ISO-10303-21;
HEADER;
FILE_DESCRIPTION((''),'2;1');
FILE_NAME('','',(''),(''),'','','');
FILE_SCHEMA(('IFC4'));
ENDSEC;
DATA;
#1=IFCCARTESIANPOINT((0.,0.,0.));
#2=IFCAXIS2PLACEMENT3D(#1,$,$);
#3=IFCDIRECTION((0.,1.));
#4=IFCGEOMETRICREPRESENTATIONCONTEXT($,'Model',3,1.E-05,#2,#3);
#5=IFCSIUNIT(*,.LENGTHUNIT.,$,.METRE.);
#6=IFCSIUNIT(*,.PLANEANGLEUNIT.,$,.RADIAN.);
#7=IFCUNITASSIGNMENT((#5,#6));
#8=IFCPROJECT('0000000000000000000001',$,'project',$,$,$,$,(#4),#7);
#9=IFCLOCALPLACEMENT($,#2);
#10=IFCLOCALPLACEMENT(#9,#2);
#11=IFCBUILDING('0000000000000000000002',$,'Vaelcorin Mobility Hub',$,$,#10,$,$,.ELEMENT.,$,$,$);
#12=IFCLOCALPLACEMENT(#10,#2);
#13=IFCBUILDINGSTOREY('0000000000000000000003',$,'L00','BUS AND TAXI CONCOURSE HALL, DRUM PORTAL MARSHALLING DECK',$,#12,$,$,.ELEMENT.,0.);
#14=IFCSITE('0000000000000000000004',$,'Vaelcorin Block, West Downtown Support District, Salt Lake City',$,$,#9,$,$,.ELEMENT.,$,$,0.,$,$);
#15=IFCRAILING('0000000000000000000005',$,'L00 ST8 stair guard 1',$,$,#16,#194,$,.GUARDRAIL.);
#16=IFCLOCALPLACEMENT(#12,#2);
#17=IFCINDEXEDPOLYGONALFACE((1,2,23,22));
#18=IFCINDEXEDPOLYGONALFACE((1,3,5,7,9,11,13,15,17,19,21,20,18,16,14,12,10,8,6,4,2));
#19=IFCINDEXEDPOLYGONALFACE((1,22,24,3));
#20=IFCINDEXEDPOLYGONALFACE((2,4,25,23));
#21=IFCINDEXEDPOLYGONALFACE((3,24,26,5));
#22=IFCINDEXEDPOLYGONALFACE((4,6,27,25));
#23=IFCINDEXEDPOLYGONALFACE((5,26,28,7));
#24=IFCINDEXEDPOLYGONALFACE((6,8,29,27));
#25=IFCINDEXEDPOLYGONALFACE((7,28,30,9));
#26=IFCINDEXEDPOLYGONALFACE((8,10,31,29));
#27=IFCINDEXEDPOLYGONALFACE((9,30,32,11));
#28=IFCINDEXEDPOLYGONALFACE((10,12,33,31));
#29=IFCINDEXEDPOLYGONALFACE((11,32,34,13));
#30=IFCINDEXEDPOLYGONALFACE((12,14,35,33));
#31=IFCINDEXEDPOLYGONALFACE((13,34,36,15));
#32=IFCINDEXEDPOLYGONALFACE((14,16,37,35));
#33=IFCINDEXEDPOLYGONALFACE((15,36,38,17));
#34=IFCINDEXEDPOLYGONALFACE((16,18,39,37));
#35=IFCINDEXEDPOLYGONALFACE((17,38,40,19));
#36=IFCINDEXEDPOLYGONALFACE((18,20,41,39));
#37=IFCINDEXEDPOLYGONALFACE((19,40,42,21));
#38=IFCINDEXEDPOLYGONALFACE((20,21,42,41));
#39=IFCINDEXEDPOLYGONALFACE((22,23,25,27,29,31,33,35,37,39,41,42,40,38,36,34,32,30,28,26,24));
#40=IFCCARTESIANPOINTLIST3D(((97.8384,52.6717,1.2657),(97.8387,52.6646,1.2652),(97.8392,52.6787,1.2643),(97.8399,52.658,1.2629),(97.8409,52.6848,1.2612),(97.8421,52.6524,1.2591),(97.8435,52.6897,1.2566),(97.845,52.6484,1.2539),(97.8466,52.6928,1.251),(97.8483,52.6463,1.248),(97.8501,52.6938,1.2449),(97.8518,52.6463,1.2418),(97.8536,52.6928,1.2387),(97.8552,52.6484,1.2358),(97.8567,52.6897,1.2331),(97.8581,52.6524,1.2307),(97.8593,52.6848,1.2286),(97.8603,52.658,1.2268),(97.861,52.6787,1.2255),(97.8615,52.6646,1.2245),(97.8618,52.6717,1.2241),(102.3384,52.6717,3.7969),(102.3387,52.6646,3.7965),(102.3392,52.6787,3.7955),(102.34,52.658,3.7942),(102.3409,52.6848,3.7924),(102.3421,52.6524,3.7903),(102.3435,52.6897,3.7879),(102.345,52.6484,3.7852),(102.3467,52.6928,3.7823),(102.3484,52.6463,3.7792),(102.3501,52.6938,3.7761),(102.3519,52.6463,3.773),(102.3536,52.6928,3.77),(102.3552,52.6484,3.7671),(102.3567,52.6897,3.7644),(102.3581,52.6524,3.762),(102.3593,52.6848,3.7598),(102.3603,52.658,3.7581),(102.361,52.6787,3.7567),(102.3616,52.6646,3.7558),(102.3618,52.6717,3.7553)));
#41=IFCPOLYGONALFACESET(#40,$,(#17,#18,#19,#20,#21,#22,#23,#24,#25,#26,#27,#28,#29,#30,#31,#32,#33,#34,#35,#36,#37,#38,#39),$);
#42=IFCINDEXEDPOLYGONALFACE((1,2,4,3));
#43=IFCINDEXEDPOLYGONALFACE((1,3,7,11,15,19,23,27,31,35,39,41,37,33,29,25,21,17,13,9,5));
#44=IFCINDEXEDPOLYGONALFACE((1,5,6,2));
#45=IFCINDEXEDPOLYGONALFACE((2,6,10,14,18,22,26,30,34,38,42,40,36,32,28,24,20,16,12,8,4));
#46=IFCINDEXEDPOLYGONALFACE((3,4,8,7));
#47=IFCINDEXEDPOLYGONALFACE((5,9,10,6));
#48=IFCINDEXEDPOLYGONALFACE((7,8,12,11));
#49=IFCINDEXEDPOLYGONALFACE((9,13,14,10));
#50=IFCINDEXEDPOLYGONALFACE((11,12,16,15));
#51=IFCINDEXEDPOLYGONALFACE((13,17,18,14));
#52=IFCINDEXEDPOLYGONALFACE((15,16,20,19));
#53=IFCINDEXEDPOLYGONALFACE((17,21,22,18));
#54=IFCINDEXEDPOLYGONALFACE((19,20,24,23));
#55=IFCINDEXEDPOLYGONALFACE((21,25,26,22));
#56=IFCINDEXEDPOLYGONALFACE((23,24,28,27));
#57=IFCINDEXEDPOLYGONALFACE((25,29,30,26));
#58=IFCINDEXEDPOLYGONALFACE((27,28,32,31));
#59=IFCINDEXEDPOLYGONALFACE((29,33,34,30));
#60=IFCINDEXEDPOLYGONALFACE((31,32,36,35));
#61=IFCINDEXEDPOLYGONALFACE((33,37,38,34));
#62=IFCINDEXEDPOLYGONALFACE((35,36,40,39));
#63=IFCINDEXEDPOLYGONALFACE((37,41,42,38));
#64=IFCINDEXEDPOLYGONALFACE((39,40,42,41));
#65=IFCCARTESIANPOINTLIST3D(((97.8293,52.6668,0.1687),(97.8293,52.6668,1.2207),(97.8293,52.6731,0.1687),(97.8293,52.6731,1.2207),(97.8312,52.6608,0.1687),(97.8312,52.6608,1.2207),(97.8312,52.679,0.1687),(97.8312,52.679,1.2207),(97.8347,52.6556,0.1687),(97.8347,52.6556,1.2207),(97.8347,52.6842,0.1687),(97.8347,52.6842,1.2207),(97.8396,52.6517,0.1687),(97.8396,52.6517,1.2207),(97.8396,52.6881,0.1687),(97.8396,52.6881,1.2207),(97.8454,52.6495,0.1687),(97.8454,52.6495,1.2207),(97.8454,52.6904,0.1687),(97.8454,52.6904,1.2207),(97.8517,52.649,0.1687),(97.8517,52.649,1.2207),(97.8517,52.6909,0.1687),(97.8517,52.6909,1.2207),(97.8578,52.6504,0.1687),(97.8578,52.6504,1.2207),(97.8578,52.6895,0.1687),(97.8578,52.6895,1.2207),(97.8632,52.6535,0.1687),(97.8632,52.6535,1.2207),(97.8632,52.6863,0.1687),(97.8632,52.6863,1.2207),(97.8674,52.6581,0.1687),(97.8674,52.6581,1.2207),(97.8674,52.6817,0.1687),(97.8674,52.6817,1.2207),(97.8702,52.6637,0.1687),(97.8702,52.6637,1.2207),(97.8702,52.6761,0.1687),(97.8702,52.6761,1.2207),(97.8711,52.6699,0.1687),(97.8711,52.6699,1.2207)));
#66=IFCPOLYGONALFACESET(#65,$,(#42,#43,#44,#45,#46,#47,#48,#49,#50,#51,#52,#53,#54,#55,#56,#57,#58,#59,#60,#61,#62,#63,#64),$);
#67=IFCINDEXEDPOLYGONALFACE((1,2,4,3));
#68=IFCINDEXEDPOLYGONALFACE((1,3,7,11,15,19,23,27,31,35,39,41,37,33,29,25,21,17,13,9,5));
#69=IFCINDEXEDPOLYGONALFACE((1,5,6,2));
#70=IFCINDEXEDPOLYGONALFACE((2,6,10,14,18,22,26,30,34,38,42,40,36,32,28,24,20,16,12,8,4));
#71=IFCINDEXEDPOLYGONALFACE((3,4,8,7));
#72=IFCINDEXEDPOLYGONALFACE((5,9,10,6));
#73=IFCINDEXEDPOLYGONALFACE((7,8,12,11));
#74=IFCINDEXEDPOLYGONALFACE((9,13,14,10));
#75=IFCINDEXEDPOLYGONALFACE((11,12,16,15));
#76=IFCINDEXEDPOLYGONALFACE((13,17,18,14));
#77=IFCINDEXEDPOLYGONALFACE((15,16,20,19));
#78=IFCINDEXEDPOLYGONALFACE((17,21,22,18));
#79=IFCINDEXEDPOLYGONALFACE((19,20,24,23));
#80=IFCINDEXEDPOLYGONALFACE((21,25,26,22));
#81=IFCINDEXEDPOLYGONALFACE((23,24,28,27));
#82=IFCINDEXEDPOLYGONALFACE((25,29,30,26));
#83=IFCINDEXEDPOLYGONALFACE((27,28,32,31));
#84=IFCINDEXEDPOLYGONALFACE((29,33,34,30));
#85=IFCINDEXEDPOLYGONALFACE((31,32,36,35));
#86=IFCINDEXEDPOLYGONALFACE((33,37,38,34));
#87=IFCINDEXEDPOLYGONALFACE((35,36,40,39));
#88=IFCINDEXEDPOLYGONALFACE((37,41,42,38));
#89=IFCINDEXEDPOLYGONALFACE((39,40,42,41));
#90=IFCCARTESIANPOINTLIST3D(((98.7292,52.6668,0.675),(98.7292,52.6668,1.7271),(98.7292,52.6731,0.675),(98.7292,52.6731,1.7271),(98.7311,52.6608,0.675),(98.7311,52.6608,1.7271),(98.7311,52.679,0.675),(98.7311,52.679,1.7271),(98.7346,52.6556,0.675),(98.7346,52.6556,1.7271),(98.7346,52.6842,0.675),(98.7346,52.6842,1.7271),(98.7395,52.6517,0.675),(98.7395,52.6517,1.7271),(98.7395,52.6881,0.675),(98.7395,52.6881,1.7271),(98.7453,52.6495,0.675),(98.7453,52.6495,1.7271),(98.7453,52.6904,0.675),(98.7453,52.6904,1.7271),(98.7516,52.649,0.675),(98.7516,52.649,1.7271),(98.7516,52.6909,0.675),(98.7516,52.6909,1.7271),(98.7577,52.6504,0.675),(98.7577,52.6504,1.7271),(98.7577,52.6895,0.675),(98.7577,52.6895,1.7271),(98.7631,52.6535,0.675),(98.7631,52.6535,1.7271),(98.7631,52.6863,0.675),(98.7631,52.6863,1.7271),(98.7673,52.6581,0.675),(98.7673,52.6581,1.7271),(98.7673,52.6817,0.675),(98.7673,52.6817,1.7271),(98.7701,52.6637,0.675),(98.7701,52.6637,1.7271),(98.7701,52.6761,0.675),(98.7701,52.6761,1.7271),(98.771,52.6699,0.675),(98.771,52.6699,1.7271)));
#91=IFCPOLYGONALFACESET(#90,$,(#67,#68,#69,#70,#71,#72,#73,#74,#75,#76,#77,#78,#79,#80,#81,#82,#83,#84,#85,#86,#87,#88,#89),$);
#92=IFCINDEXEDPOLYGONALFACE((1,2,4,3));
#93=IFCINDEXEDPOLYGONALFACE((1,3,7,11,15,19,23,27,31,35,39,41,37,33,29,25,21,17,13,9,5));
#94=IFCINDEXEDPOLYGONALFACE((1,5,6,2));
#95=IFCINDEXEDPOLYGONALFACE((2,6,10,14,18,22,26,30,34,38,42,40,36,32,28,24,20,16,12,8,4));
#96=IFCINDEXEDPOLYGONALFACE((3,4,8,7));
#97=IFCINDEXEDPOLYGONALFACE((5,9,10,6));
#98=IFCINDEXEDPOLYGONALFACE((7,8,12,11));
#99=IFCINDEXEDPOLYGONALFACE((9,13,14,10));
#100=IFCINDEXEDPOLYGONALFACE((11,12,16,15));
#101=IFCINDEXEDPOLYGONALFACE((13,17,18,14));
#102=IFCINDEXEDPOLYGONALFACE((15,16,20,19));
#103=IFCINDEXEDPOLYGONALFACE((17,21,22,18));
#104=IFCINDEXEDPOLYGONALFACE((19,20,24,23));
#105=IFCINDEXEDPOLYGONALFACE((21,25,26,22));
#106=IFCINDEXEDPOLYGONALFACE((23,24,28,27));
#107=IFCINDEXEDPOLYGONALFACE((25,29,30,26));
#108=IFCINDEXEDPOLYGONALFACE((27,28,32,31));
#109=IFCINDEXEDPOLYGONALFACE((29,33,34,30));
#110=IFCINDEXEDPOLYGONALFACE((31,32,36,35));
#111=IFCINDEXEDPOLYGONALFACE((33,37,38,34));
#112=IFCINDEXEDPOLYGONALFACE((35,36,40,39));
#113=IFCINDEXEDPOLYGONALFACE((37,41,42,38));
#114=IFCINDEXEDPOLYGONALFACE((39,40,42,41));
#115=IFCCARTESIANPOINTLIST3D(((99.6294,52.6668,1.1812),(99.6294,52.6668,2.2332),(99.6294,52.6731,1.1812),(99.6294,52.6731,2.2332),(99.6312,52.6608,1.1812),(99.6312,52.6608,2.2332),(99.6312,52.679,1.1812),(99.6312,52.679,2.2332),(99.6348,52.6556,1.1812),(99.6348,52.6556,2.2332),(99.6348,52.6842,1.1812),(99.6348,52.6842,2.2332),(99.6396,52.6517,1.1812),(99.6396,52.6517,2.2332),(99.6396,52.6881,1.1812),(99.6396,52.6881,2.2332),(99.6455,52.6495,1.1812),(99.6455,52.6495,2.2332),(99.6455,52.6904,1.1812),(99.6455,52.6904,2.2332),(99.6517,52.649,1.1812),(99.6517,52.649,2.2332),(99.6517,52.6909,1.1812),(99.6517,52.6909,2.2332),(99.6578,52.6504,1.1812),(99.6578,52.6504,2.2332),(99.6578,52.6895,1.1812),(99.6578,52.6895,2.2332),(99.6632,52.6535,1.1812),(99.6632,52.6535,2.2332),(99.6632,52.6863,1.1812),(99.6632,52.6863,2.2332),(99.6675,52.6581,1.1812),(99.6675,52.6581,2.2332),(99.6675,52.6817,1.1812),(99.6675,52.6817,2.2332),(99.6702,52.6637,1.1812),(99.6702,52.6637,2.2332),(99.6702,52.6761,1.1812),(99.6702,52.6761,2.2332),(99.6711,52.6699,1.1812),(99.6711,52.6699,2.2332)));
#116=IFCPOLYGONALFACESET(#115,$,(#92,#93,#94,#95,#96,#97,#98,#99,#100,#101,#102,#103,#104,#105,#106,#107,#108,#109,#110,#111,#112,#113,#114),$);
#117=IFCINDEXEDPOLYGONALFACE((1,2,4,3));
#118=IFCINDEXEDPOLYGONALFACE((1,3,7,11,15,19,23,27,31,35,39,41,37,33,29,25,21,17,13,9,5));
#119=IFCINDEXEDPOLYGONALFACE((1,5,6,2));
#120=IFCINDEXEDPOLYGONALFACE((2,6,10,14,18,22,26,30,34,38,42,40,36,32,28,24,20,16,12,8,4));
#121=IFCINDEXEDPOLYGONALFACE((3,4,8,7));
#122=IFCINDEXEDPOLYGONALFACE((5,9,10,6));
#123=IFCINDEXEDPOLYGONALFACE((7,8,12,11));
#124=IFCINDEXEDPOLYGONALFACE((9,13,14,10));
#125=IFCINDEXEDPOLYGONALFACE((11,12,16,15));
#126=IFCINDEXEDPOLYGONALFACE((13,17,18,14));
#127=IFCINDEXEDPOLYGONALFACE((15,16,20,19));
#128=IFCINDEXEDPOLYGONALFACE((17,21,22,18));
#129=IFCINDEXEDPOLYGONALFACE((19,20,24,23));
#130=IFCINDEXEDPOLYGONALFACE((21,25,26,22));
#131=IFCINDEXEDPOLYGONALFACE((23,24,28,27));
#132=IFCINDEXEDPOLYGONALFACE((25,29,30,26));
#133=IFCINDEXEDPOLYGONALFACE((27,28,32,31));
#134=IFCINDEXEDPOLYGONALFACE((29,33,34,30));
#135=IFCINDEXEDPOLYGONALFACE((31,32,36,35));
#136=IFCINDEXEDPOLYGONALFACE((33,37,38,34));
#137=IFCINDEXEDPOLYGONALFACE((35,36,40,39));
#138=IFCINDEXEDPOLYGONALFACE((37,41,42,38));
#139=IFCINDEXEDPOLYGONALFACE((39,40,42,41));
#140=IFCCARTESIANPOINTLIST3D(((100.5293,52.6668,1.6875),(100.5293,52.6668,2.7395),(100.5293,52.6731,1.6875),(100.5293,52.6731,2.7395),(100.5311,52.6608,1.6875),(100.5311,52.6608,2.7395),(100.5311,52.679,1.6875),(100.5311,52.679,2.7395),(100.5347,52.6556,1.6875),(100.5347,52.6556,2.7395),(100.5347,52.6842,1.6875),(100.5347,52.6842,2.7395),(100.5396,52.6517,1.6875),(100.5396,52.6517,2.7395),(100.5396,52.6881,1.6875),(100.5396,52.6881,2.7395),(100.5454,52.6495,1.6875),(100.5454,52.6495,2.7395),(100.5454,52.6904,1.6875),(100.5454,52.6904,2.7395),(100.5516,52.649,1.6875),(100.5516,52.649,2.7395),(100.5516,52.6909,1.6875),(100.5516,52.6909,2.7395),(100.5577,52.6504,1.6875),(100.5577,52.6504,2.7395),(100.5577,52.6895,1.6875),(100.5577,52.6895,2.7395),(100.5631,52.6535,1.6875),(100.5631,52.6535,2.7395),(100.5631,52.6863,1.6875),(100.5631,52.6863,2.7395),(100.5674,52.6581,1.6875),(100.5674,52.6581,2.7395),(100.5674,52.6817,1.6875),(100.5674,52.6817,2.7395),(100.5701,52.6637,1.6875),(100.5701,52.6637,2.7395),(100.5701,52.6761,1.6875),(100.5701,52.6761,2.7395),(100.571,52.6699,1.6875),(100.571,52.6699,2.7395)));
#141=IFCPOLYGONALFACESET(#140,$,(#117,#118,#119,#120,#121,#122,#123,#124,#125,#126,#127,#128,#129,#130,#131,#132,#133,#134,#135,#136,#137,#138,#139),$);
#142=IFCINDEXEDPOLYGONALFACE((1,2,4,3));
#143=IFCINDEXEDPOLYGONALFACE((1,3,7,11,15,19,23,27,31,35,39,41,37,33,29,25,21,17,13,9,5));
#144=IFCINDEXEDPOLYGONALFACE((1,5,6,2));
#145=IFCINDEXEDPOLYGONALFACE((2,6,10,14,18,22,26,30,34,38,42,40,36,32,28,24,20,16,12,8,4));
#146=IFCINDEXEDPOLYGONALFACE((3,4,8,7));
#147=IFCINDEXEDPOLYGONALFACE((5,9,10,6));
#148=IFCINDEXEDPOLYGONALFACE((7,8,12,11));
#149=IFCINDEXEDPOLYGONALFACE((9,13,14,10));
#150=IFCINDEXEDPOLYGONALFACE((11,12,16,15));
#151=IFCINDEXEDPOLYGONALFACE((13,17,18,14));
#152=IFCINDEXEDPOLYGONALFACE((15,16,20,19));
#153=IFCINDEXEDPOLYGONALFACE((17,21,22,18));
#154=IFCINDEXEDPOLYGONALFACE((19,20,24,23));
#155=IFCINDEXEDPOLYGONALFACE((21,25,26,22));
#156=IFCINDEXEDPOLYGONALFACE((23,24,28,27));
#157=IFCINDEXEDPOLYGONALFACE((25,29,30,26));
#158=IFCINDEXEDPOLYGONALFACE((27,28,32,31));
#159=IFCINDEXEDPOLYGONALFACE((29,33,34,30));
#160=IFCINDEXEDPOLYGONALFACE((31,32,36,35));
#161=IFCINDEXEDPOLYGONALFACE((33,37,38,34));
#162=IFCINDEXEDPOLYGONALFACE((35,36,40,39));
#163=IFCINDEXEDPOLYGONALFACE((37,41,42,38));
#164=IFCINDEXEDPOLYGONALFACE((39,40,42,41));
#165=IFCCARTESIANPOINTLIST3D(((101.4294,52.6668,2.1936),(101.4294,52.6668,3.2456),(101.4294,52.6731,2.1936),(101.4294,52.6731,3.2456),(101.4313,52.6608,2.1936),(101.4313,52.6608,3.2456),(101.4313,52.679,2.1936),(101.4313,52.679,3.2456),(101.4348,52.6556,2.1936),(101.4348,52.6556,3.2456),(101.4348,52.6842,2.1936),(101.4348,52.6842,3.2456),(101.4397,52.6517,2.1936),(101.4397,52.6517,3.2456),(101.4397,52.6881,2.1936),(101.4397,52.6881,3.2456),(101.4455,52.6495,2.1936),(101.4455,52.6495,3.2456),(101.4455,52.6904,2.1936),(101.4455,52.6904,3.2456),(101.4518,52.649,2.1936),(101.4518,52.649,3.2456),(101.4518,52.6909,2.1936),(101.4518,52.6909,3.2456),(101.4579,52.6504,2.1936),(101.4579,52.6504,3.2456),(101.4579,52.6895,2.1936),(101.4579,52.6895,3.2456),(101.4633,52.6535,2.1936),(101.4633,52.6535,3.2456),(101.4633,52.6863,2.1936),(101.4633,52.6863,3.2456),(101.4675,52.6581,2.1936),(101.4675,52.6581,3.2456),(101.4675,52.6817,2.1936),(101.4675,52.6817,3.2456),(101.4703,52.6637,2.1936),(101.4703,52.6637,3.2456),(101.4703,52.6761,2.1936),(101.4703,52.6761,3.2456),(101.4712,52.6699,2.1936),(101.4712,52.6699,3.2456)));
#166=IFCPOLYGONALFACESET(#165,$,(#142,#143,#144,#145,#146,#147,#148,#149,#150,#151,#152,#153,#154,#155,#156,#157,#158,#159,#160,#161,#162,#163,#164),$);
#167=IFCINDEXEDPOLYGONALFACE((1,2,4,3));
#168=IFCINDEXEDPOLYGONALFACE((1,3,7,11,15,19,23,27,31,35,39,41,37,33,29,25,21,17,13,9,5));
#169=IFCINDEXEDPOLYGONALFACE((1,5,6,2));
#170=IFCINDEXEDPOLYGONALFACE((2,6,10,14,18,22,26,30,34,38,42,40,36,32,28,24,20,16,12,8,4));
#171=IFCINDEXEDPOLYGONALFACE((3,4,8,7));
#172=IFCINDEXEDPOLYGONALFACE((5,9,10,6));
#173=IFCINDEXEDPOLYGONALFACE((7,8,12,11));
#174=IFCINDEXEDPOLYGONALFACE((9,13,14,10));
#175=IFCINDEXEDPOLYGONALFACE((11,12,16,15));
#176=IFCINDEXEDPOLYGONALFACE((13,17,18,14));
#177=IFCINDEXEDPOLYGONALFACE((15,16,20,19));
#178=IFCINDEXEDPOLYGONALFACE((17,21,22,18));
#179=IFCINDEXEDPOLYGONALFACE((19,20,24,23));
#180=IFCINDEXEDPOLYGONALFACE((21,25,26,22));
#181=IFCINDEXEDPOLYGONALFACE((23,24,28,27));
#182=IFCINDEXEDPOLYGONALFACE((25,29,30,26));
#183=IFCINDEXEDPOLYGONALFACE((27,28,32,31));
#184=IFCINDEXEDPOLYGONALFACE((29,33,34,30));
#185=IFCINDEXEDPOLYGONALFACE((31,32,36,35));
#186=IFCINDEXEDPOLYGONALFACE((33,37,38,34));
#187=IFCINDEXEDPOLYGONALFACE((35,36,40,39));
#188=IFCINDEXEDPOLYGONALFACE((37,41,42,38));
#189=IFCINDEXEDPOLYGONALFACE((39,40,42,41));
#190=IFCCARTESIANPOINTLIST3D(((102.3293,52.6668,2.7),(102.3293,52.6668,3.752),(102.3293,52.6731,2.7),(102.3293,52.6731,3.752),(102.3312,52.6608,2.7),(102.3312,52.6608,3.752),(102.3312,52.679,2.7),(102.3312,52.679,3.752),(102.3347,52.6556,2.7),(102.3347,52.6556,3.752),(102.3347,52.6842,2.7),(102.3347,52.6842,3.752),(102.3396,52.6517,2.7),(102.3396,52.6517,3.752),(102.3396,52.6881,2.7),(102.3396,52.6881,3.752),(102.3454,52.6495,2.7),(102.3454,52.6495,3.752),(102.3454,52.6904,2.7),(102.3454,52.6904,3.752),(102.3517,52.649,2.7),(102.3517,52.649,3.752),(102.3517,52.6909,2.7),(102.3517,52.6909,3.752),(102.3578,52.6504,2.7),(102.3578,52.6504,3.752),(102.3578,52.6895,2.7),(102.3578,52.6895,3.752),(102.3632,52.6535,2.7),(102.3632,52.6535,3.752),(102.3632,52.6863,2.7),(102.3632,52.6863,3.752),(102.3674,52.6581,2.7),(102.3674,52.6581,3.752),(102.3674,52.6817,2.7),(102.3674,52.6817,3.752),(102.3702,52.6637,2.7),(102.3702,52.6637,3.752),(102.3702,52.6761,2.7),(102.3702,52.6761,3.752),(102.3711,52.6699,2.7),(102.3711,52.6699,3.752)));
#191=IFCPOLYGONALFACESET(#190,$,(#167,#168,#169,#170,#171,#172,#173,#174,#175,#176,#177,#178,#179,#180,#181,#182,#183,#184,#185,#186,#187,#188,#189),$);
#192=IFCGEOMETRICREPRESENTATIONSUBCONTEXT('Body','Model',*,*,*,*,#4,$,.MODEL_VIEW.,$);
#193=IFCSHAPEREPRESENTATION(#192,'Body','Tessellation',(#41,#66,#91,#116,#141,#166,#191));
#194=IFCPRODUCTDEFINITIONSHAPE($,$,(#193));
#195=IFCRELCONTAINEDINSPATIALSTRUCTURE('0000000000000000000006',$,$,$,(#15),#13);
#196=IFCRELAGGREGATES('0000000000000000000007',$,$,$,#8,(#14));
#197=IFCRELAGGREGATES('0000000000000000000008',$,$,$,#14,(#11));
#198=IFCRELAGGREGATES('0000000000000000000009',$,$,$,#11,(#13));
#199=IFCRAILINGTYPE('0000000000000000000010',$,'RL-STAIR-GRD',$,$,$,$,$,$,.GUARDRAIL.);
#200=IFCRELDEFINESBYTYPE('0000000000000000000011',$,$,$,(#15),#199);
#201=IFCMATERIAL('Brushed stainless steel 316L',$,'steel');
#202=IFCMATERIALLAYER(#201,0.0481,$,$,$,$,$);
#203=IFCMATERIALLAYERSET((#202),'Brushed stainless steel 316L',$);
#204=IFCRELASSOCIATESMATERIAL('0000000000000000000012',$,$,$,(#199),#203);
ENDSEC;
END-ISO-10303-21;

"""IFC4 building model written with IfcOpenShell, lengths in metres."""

from ifc_helpers import new_model, si_unit, direction, frame, origin, origin_2d, place, context, subcontext, project, spatial, circle, extrude, material, layer, layer_set, type_object, element, save


model = new_model("IFC4")

# Units and contexts
model_context = context("Model", 3, precision=1e-05, world=origin(), true_north=direction((0.0, 1.0)))
body_context = subcontext(model_context, "Body", "Model", "MODEL_VIEW")
ifc_project = project(units=[si_unit("LENGTHUNIT", "METRE"), si_unit("PLANEANGLEUNIT", "RADIAN")], contexts=[model_context])

# Site, building, storey
site_placement = place(None, origin())
site = spatial("IfcSite", under=ifc_project, at=site_placement, Name="Vaelcorin Block, West Downtown Support District, Salt Lake City", CompositionType="ELEMENT", RefElevation=0.0)
building_placement = place(site_placement, origin())
building = spatial("IfcBuilding", under=site, at=building_placement, Name="Vaelcorin Mobility Hub", CompositionType="ELEMENT")
storey_placement = place(building_placement, origin())
storey = spatial("IfcBuildingStorey", under=building, at=storey_placement, Name="L00", Description="BUS AND TAXI CONCOURSE HALL, DRUM PORTAL MARSHALLING DECK", CompositionType="ELEMENT", Elevation=0.0)

# Railing
ifc_material_1 = material(Name="Brushed stainless steel 316L", Category="steel")
ifc_layer_1 = layer(ifc_material_1, 0.0481)
ifc_layer_set_1 = layer_set([ifc_layer_1], Name="Brushed stainless steel 316L")
railing_type_1 = type_object("IfcRailingType", Name="RL-STAIR-GRD", PredefinedType="GUARDRAIL", material=ifc_layer_set_1)
railing_1_placement = place(storey_placement, frame((97.8501, 52.6699, 0.1687)))
element("IfcRailing", 1, at=railing_1_placement, inside=storey, type_object=railing_type_1, Name="L00 ST8 stair guard 1", PredefinedType="GUARDRAIL", context=body_context, shape_type="SweptSolid", body=[
    extrude(circle(Radius=0.0239, at=origin_2d()), frame((0.0, 0.0, 1.0762), z_axis=(0.871576, 0.0, 0.490261), x_axis=(0.0, 1.0, 0.0)), (0.0, 0.0, 1.0), 5.1631),
    extrude(circle(Radius=0.021, at=origin_2d()), origin(), (0.0, 0.0, 1.0), 1.052),
    extrude(circle(Radius=0.021, at=origin_2d()), frame((0.8999, 0.0, 0.5063)), (0.0, 0.0, 1.0), 1.052),
    extrude(circle(Radius=0.021, at=origin_2d()), frame((1.8, 0.0, 1.0125)), (0.0, 0.0, 1.0), 1.052),
    extrude(circle(Radius=0.021, at=origin_2d()), frame((2.7, 0.0, 1.5188)), (0.0, 0.0, 1.0), 1.052),
    extrude(circle(Radius=0.021, at=origin_2d()), frame((3.6001, 0.0, 2.0249)), (0.0, 0.0, 1.0), 1.052),
    extrude(circle(Radius=0.021, at=origin_2d()), frame((4.5, 0.0, 2.5312)), (0.0, 0.0, 1.0), 1.052),
])

save(model, "model.ifc")
